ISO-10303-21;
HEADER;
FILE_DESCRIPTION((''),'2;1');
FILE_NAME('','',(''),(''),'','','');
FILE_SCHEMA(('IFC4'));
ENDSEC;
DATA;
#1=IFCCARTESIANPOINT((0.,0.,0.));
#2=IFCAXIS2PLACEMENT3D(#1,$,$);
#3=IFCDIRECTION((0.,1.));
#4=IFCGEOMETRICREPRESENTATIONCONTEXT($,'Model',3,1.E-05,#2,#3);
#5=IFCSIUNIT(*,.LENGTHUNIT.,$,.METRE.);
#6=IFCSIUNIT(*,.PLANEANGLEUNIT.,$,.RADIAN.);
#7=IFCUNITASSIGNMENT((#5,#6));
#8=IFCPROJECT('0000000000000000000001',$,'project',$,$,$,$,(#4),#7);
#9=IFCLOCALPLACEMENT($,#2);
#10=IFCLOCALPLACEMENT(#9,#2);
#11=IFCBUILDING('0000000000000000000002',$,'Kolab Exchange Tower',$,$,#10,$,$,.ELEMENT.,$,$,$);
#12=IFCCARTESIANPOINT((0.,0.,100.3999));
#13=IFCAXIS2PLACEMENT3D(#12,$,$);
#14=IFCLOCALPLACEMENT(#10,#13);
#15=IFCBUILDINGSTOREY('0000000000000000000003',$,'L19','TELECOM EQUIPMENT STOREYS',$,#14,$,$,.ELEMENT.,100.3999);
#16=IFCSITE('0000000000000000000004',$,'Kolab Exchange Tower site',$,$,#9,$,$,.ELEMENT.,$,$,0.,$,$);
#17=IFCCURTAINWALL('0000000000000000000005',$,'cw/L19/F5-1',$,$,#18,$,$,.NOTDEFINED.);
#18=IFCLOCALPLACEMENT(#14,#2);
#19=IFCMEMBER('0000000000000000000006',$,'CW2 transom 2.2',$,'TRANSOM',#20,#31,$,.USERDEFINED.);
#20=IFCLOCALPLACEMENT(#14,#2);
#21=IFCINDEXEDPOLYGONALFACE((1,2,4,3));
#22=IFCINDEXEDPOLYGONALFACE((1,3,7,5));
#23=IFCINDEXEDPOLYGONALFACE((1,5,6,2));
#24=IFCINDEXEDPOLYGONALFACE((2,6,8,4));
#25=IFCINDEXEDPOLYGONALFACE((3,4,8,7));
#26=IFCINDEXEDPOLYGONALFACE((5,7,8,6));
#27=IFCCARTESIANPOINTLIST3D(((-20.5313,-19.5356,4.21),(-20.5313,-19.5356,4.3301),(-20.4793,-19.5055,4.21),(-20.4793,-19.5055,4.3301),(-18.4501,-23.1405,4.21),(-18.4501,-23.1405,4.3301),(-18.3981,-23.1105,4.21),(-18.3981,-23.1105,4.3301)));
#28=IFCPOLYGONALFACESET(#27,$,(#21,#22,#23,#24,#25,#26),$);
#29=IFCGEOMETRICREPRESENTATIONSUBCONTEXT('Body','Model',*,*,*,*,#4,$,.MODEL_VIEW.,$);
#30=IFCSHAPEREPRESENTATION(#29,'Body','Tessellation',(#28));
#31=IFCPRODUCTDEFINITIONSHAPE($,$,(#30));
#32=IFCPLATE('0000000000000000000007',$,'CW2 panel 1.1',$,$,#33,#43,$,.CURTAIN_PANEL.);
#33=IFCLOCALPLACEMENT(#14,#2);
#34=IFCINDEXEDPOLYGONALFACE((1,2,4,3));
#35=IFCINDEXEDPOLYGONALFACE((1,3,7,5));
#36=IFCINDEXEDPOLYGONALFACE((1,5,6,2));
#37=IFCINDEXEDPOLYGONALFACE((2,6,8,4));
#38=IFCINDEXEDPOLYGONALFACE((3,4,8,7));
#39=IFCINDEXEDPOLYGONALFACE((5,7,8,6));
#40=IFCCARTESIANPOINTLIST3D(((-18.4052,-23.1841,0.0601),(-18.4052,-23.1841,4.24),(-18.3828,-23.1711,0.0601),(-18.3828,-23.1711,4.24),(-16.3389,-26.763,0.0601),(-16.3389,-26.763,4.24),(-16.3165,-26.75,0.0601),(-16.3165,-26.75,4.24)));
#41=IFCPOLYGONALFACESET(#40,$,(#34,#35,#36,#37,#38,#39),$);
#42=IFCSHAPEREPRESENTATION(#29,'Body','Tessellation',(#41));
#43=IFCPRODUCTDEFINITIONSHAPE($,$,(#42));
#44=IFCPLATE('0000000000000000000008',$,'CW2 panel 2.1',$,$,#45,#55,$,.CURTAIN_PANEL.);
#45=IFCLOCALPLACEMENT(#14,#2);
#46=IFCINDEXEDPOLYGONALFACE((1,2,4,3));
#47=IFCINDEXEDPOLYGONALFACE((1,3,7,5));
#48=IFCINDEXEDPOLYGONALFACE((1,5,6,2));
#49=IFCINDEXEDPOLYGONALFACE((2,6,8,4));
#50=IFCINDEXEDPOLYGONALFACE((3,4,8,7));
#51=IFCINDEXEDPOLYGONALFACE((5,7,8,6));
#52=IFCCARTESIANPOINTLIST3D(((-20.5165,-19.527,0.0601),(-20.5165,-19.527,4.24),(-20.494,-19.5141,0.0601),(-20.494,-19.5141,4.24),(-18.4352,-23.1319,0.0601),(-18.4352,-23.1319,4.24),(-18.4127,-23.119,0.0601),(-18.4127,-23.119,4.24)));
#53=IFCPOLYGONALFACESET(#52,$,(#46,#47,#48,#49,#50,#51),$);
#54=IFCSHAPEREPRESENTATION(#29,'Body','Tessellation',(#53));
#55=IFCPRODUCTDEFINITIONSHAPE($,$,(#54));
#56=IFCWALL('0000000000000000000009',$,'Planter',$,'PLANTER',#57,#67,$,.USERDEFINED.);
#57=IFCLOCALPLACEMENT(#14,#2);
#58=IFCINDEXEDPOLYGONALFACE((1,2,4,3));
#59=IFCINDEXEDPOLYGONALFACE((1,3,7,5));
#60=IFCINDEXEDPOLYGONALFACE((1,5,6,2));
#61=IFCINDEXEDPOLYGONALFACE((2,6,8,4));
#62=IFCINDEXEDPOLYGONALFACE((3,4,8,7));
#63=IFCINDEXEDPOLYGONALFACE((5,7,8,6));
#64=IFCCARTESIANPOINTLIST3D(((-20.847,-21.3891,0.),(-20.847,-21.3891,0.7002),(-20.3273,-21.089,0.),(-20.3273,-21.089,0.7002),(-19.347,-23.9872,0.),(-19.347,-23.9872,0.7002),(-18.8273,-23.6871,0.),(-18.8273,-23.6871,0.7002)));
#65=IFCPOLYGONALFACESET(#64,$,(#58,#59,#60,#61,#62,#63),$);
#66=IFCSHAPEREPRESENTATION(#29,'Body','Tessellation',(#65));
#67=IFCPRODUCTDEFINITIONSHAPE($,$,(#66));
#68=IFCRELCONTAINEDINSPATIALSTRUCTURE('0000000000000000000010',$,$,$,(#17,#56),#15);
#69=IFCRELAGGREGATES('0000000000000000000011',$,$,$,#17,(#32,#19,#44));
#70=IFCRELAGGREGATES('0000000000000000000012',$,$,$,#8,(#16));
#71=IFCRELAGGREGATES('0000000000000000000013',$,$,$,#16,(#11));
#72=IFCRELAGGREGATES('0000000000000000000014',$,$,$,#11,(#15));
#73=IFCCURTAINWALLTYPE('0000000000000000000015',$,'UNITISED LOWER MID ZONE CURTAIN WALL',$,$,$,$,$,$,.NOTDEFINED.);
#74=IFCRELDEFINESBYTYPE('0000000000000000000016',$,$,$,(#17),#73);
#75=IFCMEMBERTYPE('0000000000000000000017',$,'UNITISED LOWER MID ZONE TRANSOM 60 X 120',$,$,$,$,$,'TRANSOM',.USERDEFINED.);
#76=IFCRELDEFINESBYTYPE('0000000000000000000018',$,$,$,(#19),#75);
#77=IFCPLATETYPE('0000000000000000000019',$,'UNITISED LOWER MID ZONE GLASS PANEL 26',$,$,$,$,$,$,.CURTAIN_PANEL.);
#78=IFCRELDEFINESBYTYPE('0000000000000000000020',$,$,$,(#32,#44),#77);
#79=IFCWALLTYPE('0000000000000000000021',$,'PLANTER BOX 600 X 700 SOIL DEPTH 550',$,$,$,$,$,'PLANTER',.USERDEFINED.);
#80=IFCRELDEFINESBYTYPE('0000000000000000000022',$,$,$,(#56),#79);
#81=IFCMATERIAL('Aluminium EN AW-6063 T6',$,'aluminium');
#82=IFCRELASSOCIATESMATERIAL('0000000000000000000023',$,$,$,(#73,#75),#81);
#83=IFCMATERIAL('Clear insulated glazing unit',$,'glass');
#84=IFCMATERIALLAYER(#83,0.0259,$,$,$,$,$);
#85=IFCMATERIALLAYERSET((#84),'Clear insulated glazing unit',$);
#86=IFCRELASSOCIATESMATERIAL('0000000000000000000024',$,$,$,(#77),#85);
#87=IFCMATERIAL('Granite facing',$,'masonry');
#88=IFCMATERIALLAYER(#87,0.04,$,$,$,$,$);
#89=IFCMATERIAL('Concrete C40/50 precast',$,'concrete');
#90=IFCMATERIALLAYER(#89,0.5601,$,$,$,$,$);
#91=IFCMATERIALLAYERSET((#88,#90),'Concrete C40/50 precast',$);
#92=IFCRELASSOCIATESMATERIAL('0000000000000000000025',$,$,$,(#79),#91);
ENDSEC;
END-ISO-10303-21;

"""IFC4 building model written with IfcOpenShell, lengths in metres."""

from ifc_helpers import new_model, si_unit, direction, frame, frame_2d, origin, origin_2d, place, context, subcontext, project, spatial, rectangle, extrude, material, layer, layer_set, material_profile, profile_set, type_object, element, aggregate, save


model = new_model("IFC4")

# Units and contexts
model_context = context("Model", 3, precision=1e-05, world=origin(), true_north=direction((0.0, 1.0)))
body_context = subcontext(model_context, "Body", "Model", "MODEL_VIEW")
ifc_project = project(units=[si_unit("LENGTHUNIT", "METRE"), si_unit("PLANEANGLEUNIT", "RADIAN")], contexts=[model_context])

# Site, building, storey
site_placement = place(None, origin())
site = spatial("IfcSite", under=ifc_project, at=site_placement, Name="Kolab Exchange Tower site", CompositionType="ELEMENT", RefElevation=0.0)
building_placement = place(site_placement, origin())
building = spatial("IfcBuilding", under=site, at=building_placement, Name="Kolab Exchange Tower", CompositionType="ELEMENT")
storey_placement = place(building_placement, frame((0.0, 0.0, 100.3999)))
storey = spatial("IfcBuildingStorey", under=building, at=storey_placement, Name="L19", Description="TELECOM EQUIPMENT STOREYS", CompositionType="ELEMENT", Elevation=100.3999)

# Curtain wall
ifc_material_1 = material(Name="Aluminium EN AW-6063 T6", Category="aluminium")
curtain_wall_type = type_object("IfcCurtainWallType", Name="UNITISED LOWER MID ZONE CURTAIN WALL", PredefinedType="NOTDEFINED", material=ifc_material_1)
curtain_wall_1_placement = place(storey_placement, origin())
curtain_wall_1 = element("IfcCurtainWall", 1, at=curtain_wall_1_placement, inside=storey, type_object=curtain_wall_type, Name="cw/L19/F5-1", PredefinedType="NOTDEFINED")

# Member
ifc_material_profile_1 = material_profile(ifc_material_1, rectangle(XDim=0.0601, YDim=0.1201, at=origin_2d()), Name="RECT 60X120")
ifc_profile_set_1 = profile_set([ifc_material_profile_1], Name="Aluminium EN AW-6063 T6")
member_type_1 = type_object("IfcMemberType", Name="UNITISED LOWER MID ZONE TRANSOM 60 X 120", ElementType="TRANSOM", PredefinedType="USERDEFINED", material=ifc_profile_set_1)
member_1_placement = place(storey_placement, frame((-18.4241, -23.1255, 4.27), z_axis=(-0.499993, 0.866029, 0.0), x_axis=(-0.866029, -0.499993, 0.0)))
member_1 = element("IfcMember", 2, at=member_1_placement, type_object=member_type_1, Name="CW2 transom 2.2", ObjectType="TRANSOM", PredefinedType="USERDEFINED", context=body_context, shape_type="SweptSolid", body=[
    extrude(rectangle(XDim=0.0601, YDim=0.1201, at=origin_2d()), origin(), (0.0, 0.0, 1.0), 4.1626),
])

# Plates
ifc_material_2 = material(Name="Clear insulated glazing unit", Category="glass")
ifc_layer_1 = layer(ifc_material_2, 0.0259)
ifc_layer_set_1 = layer_set([ifc_layer_1], Name="Clear insulated glazing unit")
plate_type = type_object("IfcPlateType", Name="UNITISED LOWER MID ZONE GLASS PANEL 26", PredefinedType="CURTAIN_PANEL", material=ifc_layer_set_1)
plate_1_placement = place(storey_placement, frame((-17.3608, -24.967, 0.0601), z_axis=(0.0, 0.0, 1.0), x_axis=(-0.5, 0.866025, 0.0)))
plate_1 = element("IfcPlate", 3, at=plate_1_placement, type_object=plate_type, Name="CW2 panel 1.1", PredefinedType="CURTAIN_PANEL", context=body_context, shape_type="SweptSolid", body=[
    extrude(rectangle(XDim=4.1326, YDim=0.0259, at=origin_2d()), origin(), (0.0, 0.0, 1.0), 4.1799),
])
plate_2_placement = place(storey_placement, frame((-19.4646, -21.323, 0.0601), z_axis=(0.0, 0.0, 1.0), x_axis=(-0.5, 0.866025, 0.0)))
plate_2 = element("IfcPlate", 4, at=plate_2_placement, type_object=plate_type, Name="CW2 panel 2.1", PredefinedType="CURTAIN_PANEL", context=body_context, shape_type="SweptSolid", body=[
    extrude(rectangle(XDim=4.1626, YDim=0.0259, at=origin_2d()), origin(), (0.0, 0.0, 1.0), 4.1799),
])
aggregate(curtain_wall_1, [plate_1, member_1, plate_2])

# Wall
ifc_material_3 = material(Name="Granite facing", Category="masonry")
ifc_layer_2 = layer(ifc_material_3, 0.04)
ifc_material_4 = material(Name="Concrete C40/50 precast", Category="concrete")
ifc_layer_3 = layer(ifc_material_4, 0.5601)
ifc_layer_set_2 = layer_set([ifc_layer_2, ifc_layer_3], Name="Concrete C40/50 precast")
wall_type = type_object("IfcWallType", Name="PLANTER BOX 600 X 700 SOIL DEPTH 550", ElementType="PLANTER", PredefinedType="USERDEFINED", material=ifc_layer_set_2)
wall_placement = place(storey_placement, frame((-19.0872, -23.8372, 0.0), z_axis=(0.0, 0.0, 1.0), x_axis=(-0.49999, 0.866031, 0.0)))
element("IfcWall", 5, at=wall_placement, inside=storey, type_object=wall_type, Name="Planter", ObjectType="PLANTER", PredefinedType="USERDEFINED", context=body_context, shape_type="SweptSolid", body=[
    extrude(rectangle(XDim=3.0, YDim=0.6001, at=frame_2d((1.5, 0.0))), origin(), (0.0, 0.0, 1.0), 0.7002),
])

save(model, "model.ifc")
